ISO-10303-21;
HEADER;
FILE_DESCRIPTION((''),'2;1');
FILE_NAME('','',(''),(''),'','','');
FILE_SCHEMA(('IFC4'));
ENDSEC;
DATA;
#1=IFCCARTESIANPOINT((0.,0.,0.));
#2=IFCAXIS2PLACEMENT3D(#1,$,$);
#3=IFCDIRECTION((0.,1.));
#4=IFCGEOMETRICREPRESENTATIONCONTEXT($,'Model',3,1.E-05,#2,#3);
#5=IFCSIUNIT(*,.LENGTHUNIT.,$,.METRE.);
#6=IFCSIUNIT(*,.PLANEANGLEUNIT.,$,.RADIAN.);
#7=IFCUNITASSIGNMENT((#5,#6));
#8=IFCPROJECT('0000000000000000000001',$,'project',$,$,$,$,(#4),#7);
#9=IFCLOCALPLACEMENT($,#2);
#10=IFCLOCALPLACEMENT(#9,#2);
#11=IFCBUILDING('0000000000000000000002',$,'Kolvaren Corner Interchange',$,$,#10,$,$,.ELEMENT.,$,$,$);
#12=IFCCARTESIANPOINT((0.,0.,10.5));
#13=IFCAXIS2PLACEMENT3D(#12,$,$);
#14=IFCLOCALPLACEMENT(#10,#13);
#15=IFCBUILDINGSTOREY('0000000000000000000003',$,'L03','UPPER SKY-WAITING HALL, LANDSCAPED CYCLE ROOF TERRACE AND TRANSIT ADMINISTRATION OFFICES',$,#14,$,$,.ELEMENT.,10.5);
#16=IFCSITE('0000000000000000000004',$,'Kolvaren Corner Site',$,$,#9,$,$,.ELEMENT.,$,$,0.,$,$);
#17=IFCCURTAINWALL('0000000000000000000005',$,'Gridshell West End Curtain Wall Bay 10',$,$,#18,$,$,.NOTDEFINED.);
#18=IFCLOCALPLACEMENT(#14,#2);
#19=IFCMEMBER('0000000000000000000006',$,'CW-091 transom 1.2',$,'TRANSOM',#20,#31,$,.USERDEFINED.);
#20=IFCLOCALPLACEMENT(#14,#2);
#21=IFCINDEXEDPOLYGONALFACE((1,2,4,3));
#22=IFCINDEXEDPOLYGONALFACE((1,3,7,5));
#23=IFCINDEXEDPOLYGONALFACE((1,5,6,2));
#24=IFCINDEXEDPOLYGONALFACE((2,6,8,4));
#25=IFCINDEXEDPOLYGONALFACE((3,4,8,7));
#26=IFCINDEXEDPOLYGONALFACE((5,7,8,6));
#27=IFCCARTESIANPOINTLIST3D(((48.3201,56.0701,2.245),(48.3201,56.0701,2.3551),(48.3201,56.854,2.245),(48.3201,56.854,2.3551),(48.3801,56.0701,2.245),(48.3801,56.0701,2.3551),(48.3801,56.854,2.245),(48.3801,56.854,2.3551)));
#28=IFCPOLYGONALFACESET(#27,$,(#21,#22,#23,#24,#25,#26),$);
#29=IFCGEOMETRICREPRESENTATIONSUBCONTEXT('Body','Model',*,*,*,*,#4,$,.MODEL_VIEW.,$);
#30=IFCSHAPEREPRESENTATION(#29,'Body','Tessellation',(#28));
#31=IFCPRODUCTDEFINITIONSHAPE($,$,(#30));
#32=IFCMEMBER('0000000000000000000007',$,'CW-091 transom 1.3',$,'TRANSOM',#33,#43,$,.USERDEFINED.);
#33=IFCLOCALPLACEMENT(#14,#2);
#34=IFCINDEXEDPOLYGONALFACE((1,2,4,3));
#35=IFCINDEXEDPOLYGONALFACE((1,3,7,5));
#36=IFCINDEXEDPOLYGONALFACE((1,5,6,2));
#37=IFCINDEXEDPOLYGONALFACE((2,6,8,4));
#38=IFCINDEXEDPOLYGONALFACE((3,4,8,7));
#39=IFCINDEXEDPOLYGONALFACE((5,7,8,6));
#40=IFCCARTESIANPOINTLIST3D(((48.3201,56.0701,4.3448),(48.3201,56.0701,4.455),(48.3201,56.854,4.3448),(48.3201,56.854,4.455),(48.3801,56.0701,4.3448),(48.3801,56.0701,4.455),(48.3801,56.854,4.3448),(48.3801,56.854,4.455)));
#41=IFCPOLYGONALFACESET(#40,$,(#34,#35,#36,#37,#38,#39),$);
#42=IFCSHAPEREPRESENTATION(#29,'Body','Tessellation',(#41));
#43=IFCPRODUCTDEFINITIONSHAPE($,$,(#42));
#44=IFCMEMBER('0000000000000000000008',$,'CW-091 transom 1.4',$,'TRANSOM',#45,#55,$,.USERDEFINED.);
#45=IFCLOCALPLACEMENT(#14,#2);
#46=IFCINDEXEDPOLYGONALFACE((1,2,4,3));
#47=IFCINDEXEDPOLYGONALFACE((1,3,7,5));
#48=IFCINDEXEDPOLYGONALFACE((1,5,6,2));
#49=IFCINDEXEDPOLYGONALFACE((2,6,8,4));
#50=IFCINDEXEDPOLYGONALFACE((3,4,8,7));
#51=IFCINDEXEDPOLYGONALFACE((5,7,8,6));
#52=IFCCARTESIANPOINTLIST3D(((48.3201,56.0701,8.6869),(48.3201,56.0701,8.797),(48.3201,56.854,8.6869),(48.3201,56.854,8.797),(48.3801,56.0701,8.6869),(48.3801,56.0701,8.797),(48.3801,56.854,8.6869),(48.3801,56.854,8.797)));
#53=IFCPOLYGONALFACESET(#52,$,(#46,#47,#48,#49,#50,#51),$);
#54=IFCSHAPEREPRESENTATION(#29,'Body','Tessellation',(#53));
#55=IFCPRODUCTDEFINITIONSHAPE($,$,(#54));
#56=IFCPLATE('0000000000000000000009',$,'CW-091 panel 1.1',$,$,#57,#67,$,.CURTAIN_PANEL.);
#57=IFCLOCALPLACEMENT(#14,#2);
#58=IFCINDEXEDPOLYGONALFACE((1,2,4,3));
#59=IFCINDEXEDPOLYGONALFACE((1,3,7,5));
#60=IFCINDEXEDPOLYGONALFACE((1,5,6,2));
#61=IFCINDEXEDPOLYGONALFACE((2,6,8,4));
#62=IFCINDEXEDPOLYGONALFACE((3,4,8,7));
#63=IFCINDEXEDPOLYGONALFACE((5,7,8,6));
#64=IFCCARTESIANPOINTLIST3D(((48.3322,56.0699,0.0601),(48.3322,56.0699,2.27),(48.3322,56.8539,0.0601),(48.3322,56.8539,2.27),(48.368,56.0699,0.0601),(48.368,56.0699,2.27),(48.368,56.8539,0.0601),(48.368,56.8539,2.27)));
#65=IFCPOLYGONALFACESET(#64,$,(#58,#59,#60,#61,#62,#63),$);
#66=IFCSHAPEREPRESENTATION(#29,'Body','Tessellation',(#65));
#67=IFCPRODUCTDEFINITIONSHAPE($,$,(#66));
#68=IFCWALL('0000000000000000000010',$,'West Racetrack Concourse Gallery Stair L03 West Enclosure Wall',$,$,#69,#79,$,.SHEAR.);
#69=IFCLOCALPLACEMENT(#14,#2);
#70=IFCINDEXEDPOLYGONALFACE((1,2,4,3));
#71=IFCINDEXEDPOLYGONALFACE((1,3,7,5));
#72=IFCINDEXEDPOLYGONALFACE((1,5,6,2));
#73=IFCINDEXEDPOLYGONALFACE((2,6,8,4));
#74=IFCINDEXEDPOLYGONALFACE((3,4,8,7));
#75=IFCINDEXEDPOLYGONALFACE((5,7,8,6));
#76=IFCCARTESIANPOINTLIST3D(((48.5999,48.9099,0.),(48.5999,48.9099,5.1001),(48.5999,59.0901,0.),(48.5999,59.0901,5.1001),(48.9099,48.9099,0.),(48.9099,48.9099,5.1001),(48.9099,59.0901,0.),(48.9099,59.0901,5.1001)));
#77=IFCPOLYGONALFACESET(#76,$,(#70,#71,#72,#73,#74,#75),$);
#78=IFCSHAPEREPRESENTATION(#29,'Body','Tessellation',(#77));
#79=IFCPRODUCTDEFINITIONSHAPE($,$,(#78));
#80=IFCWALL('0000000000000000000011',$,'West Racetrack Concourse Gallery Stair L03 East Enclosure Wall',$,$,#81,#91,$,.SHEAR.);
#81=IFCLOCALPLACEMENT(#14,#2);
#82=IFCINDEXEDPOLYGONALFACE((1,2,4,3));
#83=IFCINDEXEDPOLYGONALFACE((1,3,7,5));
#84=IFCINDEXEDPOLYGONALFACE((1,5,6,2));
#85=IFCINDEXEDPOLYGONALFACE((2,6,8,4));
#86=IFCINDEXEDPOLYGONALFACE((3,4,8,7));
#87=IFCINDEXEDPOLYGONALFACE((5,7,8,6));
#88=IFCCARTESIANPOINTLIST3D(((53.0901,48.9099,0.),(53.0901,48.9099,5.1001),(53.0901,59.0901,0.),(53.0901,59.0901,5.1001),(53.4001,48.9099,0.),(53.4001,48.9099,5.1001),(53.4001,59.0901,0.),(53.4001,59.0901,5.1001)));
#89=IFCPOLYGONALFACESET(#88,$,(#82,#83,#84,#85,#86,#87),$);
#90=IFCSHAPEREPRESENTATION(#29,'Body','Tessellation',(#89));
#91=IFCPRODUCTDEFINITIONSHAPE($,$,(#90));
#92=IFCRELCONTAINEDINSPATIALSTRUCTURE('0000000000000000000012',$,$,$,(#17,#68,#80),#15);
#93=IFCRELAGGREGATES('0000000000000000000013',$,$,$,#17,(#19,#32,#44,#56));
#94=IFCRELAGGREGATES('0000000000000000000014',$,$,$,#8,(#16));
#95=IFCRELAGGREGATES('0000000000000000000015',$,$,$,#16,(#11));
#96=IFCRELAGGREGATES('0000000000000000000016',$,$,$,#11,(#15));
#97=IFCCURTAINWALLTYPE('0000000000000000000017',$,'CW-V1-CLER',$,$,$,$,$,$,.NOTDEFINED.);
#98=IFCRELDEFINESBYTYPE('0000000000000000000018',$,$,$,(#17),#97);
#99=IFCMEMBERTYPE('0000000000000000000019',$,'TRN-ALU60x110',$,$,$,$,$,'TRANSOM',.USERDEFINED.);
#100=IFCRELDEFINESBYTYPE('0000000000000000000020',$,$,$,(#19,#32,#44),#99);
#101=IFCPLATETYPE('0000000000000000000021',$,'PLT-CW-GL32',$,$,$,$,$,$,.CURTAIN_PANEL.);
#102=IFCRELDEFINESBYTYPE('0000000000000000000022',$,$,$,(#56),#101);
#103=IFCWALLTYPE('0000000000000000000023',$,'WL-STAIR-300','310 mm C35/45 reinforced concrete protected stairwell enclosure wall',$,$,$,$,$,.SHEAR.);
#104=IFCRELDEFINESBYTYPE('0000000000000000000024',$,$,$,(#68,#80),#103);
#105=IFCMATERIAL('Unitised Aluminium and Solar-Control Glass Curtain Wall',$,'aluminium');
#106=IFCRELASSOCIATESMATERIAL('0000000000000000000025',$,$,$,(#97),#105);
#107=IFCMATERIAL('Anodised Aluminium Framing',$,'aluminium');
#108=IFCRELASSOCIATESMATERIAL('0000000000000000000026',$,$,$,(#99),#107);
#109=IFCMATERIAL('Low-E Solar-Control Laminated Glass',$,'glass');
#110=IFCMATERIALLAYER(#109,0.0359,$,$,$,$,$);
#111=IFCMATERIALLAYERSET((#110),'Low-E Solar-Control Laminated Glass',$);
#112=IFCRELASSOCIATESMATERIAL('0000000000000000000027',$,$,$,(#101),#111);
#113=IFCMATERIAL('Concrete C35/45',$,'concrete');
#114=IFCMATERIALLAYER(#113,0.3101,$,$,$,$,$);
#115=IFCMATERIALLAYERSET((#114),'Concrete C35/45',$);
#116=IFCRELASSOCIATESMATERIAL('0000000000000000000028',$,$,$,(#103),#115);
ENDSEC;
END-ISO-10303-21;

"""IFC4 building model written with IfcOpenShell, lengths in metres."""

from ifc_helpers import new_model, si_unit, direction, frame, frame_2d, origin, origin_2d, place, context, subcontext, project, spatial, rectangle, extrude, material, layer, layer_set, material_profile, profile_set, type_object, element, aggregate, save


model = new_model("IFC4")

# Units and contexts
model_context = context("Model", 3, precision=1e-05, world=origin(), true_north=direction((0.0, 1.0)))
body_context = subcontext(model_context, "Body", "Model", "MODEL_VIEW")
ifc_project = project(units=[si_unit("LENGTHUNIT", "METRE"), si_unit("PLANEANGLEUNIT", "RADIAN")], contexts=[model_context])

# Site, building, storey
site_placement = place(None, origin())
site = spatial("IfcSite", under=ifc_project, at=site_placement, Name="Kolvaren Corner Site", CompositionType="ELEMENT", RefElevation=0.0)
building_placement = place(site_placement, origin())
building = spatial("IfcBuilding", under=site, at=building_placement, Name="Kolvaren Corner Interchange", CompositionType="ELEMENT")
storey_placement = place(building_placement, frame((0.0, 0.0, 10.5)))
storey = spatial("IfcBuildingStorey", under=building, at=storey_placement, Name="L03", Description="UPPER SKY-WAITING HALL, LANDSCAPED CYCLE ROOF TERRACE AND TRANSIT ADMINISTRATION OFFICES", CompositionType="ELEMENT", Elevation=10.5)

# Curtain wall, members, plate
ifc_material_1 = material(Name="Unitised Aluminium and Solar-Control Glass Curtain Wall", Category="aluminium")
curtain_wall_type = type_object("IfcCurtainWallType", Name="CW-V1-CLER", PredefinedType="NOTDEFINED", material=ifc_material_1)
curtain_wall_placement = place(storey_placement, origin())
curtain_wall = element("IfcCurtainWall", 1, at=curtain_wall_placement, inside=storey, type_object=curtain_wall_type, Name="Gridshell West End Curtain Wall Bay 10", PredefinedType="NOTDEFINED")
ifc_material_2 = material(Name="Anodised Aluminium Framing", Category="aluminium")
ifc_material_profile_1 = material_profile(ifc_material_2, rectangle(XDim=0.0601, YDim=0.1101, at=origin_2d()), Name="ALU 60x110")
ifc_profile_set_1 = profile_set([ifc_material_profile_1], Name="Anodised Aluminium Framing")
member_type_1 = type_object("IfcMemberType", Name="TRN-ALU60x110", ElementType="TRANSOM", PredefinedType="USERDEFINED", material=ifc_profile_set_1)
member_1_placement = place(storey_placement, frame((48.3501, 56.0701, 2.3), z_axis=(0.0, 1.0, 0.0), x_axis=(-1.0, 0.0, 0.0)))
member_1 = element("IfcMember", 2, at=member_1_placement, type_object=member_type_1, Name="CW-091 transom 1.2", ObjectType="TRANSOM", PredefinedType="USERDEFINED", context=body_context, shape_type="SweptSolid", body=[
    extrude(rectangle(XDim=0.0601, YDim=0.1101, at=origin_2d()), origin(), (0.0, 0.0, 1.0), 0.7839),
])
member_2_placement = place(storey_placement, frame((48.3501, 56.0701, 4.3999), z_axis=(0.0, 1.0, 0.0), x_axis=(-1.0, 0.0, 0.0)))
member_2 = element("IfcMember", 3, at=member_2_placement, type_object=member_type_1, Name="CW-091 transom 1.3", ObjectType="TRANSOM", PredefinedType="USERDEFINED", context=body_context, shape_type="SweptSolid", body=[
    extrude(rectangle(XDim=0.0601, YDim=0.1101, at=origin_2d()), origin(), (0.0, 0.0, 1.0), 0.7839),
])
member_3_placement = place(storey_placement, frame((48.3501, 56.0701, 8.7419), z_axis=(0.0, 1.0, 0.0), x_axis=(-1.0, 0.0, 0.0)))
member_3 = element("IfcMember", 4, at=member_3_placement, type_object=member_type_1, Name="CW-091 transom 1.4", ObjectType="TRANSOM", PredefinedType="USERDEFINED", context=body_context, shape_type="SweptSolid", body=[
    extrude(rectangle(XDim=0.0601, YDim=0.1101, at=origin_2d()), origin(), (0.0, 0.0, 1.0), 0.7839),
])
ifc_material_3 = material(Name="Low-E Solar-Control Laminated Glass", Category="glass")
ifc_layer_1 = layer(ifc_material_3, 0.0359)
ifc_layer_set_1 = layer_set([ifc_layer_1], Name="Low-E Solar-Control Laminated Glass")
plate_type = type_object("IfcPlateType", Name="PLT-CW-GL32", PredefinedType="CURTAIN_PANEL", material=ifc_layer_set_1)
plate_placement = place(storey_placement, frame((48.3501, 56.4619, 0.0601), z_axis=(0.0, 0.0, 1.0), x_axis=(0.0, 1.0, 0.0)))
plate = element("IfcPlate", 5, at=plate_placement, type_object=plate_type, Name="CW-091 panel 1.1", PredefinedType="CURTAIN_PANEL", context=body_context, shape_type="SweptSolid", body=[
    extrude(rectangle(XDim=0.7839, YDim=0.0359, at=origin_2d()), origin(), (0.0, 0.0, 1.0), 2.21),
])
aggregate(curtain_wall, [member_1, member_2, member_3, plate])

# Shared definitions
ifc_material_4 = material(Name="Concrete C35/45", Category="concrete")
ifc_layer_2 = layer(ifc_material_4, 0.3101)
ifc_layer_set_2 = layer_set([ifc_layer_2], Name="Concrete C35/45")
wall_type = type_object("IfcWallType", Name="WL-STAIR-300", Description="310 mm C35/45 reinforced concrete protected stairwell enclosure wall", PredefinedType="SHEAR", material=ifc_layer_set_2)

# Walls
for number, where, z_axis, x_axis, name in (
    (6, (48.7549, 48.9099, 0.0), (0.0, 0.0, 1.0), (0.0, 1.0, 0.0), "West Racetrack Concourse Gallery Stair L03 West Enclosure Wall"),
    (7, (53.2451, 48.9099, 0.0), (0.0, 0.0, 1.0), (0.0, 1.0, 0.0), "West Racetrack Concourse Gallery Stair L03 East Enclosure Wall"),
):
    element("IfcWall", number, at=place(storey_placement, frame(where, z_axis=z_axis, x_axis=x_axis)), inside=storey, type_object=wall_type, Name=name, PredefinedType="SHEAR", context=body_context, shape_type="SweptSolid", body=[
        extrude(rectangle(XDim=10.1802, YDim=0.3101, at=frame_2d((5.0901, 0.0))), origin(), (0.0, 0.0, 1.0), 5.1001),
    ])

save(model, "model.ifc")
